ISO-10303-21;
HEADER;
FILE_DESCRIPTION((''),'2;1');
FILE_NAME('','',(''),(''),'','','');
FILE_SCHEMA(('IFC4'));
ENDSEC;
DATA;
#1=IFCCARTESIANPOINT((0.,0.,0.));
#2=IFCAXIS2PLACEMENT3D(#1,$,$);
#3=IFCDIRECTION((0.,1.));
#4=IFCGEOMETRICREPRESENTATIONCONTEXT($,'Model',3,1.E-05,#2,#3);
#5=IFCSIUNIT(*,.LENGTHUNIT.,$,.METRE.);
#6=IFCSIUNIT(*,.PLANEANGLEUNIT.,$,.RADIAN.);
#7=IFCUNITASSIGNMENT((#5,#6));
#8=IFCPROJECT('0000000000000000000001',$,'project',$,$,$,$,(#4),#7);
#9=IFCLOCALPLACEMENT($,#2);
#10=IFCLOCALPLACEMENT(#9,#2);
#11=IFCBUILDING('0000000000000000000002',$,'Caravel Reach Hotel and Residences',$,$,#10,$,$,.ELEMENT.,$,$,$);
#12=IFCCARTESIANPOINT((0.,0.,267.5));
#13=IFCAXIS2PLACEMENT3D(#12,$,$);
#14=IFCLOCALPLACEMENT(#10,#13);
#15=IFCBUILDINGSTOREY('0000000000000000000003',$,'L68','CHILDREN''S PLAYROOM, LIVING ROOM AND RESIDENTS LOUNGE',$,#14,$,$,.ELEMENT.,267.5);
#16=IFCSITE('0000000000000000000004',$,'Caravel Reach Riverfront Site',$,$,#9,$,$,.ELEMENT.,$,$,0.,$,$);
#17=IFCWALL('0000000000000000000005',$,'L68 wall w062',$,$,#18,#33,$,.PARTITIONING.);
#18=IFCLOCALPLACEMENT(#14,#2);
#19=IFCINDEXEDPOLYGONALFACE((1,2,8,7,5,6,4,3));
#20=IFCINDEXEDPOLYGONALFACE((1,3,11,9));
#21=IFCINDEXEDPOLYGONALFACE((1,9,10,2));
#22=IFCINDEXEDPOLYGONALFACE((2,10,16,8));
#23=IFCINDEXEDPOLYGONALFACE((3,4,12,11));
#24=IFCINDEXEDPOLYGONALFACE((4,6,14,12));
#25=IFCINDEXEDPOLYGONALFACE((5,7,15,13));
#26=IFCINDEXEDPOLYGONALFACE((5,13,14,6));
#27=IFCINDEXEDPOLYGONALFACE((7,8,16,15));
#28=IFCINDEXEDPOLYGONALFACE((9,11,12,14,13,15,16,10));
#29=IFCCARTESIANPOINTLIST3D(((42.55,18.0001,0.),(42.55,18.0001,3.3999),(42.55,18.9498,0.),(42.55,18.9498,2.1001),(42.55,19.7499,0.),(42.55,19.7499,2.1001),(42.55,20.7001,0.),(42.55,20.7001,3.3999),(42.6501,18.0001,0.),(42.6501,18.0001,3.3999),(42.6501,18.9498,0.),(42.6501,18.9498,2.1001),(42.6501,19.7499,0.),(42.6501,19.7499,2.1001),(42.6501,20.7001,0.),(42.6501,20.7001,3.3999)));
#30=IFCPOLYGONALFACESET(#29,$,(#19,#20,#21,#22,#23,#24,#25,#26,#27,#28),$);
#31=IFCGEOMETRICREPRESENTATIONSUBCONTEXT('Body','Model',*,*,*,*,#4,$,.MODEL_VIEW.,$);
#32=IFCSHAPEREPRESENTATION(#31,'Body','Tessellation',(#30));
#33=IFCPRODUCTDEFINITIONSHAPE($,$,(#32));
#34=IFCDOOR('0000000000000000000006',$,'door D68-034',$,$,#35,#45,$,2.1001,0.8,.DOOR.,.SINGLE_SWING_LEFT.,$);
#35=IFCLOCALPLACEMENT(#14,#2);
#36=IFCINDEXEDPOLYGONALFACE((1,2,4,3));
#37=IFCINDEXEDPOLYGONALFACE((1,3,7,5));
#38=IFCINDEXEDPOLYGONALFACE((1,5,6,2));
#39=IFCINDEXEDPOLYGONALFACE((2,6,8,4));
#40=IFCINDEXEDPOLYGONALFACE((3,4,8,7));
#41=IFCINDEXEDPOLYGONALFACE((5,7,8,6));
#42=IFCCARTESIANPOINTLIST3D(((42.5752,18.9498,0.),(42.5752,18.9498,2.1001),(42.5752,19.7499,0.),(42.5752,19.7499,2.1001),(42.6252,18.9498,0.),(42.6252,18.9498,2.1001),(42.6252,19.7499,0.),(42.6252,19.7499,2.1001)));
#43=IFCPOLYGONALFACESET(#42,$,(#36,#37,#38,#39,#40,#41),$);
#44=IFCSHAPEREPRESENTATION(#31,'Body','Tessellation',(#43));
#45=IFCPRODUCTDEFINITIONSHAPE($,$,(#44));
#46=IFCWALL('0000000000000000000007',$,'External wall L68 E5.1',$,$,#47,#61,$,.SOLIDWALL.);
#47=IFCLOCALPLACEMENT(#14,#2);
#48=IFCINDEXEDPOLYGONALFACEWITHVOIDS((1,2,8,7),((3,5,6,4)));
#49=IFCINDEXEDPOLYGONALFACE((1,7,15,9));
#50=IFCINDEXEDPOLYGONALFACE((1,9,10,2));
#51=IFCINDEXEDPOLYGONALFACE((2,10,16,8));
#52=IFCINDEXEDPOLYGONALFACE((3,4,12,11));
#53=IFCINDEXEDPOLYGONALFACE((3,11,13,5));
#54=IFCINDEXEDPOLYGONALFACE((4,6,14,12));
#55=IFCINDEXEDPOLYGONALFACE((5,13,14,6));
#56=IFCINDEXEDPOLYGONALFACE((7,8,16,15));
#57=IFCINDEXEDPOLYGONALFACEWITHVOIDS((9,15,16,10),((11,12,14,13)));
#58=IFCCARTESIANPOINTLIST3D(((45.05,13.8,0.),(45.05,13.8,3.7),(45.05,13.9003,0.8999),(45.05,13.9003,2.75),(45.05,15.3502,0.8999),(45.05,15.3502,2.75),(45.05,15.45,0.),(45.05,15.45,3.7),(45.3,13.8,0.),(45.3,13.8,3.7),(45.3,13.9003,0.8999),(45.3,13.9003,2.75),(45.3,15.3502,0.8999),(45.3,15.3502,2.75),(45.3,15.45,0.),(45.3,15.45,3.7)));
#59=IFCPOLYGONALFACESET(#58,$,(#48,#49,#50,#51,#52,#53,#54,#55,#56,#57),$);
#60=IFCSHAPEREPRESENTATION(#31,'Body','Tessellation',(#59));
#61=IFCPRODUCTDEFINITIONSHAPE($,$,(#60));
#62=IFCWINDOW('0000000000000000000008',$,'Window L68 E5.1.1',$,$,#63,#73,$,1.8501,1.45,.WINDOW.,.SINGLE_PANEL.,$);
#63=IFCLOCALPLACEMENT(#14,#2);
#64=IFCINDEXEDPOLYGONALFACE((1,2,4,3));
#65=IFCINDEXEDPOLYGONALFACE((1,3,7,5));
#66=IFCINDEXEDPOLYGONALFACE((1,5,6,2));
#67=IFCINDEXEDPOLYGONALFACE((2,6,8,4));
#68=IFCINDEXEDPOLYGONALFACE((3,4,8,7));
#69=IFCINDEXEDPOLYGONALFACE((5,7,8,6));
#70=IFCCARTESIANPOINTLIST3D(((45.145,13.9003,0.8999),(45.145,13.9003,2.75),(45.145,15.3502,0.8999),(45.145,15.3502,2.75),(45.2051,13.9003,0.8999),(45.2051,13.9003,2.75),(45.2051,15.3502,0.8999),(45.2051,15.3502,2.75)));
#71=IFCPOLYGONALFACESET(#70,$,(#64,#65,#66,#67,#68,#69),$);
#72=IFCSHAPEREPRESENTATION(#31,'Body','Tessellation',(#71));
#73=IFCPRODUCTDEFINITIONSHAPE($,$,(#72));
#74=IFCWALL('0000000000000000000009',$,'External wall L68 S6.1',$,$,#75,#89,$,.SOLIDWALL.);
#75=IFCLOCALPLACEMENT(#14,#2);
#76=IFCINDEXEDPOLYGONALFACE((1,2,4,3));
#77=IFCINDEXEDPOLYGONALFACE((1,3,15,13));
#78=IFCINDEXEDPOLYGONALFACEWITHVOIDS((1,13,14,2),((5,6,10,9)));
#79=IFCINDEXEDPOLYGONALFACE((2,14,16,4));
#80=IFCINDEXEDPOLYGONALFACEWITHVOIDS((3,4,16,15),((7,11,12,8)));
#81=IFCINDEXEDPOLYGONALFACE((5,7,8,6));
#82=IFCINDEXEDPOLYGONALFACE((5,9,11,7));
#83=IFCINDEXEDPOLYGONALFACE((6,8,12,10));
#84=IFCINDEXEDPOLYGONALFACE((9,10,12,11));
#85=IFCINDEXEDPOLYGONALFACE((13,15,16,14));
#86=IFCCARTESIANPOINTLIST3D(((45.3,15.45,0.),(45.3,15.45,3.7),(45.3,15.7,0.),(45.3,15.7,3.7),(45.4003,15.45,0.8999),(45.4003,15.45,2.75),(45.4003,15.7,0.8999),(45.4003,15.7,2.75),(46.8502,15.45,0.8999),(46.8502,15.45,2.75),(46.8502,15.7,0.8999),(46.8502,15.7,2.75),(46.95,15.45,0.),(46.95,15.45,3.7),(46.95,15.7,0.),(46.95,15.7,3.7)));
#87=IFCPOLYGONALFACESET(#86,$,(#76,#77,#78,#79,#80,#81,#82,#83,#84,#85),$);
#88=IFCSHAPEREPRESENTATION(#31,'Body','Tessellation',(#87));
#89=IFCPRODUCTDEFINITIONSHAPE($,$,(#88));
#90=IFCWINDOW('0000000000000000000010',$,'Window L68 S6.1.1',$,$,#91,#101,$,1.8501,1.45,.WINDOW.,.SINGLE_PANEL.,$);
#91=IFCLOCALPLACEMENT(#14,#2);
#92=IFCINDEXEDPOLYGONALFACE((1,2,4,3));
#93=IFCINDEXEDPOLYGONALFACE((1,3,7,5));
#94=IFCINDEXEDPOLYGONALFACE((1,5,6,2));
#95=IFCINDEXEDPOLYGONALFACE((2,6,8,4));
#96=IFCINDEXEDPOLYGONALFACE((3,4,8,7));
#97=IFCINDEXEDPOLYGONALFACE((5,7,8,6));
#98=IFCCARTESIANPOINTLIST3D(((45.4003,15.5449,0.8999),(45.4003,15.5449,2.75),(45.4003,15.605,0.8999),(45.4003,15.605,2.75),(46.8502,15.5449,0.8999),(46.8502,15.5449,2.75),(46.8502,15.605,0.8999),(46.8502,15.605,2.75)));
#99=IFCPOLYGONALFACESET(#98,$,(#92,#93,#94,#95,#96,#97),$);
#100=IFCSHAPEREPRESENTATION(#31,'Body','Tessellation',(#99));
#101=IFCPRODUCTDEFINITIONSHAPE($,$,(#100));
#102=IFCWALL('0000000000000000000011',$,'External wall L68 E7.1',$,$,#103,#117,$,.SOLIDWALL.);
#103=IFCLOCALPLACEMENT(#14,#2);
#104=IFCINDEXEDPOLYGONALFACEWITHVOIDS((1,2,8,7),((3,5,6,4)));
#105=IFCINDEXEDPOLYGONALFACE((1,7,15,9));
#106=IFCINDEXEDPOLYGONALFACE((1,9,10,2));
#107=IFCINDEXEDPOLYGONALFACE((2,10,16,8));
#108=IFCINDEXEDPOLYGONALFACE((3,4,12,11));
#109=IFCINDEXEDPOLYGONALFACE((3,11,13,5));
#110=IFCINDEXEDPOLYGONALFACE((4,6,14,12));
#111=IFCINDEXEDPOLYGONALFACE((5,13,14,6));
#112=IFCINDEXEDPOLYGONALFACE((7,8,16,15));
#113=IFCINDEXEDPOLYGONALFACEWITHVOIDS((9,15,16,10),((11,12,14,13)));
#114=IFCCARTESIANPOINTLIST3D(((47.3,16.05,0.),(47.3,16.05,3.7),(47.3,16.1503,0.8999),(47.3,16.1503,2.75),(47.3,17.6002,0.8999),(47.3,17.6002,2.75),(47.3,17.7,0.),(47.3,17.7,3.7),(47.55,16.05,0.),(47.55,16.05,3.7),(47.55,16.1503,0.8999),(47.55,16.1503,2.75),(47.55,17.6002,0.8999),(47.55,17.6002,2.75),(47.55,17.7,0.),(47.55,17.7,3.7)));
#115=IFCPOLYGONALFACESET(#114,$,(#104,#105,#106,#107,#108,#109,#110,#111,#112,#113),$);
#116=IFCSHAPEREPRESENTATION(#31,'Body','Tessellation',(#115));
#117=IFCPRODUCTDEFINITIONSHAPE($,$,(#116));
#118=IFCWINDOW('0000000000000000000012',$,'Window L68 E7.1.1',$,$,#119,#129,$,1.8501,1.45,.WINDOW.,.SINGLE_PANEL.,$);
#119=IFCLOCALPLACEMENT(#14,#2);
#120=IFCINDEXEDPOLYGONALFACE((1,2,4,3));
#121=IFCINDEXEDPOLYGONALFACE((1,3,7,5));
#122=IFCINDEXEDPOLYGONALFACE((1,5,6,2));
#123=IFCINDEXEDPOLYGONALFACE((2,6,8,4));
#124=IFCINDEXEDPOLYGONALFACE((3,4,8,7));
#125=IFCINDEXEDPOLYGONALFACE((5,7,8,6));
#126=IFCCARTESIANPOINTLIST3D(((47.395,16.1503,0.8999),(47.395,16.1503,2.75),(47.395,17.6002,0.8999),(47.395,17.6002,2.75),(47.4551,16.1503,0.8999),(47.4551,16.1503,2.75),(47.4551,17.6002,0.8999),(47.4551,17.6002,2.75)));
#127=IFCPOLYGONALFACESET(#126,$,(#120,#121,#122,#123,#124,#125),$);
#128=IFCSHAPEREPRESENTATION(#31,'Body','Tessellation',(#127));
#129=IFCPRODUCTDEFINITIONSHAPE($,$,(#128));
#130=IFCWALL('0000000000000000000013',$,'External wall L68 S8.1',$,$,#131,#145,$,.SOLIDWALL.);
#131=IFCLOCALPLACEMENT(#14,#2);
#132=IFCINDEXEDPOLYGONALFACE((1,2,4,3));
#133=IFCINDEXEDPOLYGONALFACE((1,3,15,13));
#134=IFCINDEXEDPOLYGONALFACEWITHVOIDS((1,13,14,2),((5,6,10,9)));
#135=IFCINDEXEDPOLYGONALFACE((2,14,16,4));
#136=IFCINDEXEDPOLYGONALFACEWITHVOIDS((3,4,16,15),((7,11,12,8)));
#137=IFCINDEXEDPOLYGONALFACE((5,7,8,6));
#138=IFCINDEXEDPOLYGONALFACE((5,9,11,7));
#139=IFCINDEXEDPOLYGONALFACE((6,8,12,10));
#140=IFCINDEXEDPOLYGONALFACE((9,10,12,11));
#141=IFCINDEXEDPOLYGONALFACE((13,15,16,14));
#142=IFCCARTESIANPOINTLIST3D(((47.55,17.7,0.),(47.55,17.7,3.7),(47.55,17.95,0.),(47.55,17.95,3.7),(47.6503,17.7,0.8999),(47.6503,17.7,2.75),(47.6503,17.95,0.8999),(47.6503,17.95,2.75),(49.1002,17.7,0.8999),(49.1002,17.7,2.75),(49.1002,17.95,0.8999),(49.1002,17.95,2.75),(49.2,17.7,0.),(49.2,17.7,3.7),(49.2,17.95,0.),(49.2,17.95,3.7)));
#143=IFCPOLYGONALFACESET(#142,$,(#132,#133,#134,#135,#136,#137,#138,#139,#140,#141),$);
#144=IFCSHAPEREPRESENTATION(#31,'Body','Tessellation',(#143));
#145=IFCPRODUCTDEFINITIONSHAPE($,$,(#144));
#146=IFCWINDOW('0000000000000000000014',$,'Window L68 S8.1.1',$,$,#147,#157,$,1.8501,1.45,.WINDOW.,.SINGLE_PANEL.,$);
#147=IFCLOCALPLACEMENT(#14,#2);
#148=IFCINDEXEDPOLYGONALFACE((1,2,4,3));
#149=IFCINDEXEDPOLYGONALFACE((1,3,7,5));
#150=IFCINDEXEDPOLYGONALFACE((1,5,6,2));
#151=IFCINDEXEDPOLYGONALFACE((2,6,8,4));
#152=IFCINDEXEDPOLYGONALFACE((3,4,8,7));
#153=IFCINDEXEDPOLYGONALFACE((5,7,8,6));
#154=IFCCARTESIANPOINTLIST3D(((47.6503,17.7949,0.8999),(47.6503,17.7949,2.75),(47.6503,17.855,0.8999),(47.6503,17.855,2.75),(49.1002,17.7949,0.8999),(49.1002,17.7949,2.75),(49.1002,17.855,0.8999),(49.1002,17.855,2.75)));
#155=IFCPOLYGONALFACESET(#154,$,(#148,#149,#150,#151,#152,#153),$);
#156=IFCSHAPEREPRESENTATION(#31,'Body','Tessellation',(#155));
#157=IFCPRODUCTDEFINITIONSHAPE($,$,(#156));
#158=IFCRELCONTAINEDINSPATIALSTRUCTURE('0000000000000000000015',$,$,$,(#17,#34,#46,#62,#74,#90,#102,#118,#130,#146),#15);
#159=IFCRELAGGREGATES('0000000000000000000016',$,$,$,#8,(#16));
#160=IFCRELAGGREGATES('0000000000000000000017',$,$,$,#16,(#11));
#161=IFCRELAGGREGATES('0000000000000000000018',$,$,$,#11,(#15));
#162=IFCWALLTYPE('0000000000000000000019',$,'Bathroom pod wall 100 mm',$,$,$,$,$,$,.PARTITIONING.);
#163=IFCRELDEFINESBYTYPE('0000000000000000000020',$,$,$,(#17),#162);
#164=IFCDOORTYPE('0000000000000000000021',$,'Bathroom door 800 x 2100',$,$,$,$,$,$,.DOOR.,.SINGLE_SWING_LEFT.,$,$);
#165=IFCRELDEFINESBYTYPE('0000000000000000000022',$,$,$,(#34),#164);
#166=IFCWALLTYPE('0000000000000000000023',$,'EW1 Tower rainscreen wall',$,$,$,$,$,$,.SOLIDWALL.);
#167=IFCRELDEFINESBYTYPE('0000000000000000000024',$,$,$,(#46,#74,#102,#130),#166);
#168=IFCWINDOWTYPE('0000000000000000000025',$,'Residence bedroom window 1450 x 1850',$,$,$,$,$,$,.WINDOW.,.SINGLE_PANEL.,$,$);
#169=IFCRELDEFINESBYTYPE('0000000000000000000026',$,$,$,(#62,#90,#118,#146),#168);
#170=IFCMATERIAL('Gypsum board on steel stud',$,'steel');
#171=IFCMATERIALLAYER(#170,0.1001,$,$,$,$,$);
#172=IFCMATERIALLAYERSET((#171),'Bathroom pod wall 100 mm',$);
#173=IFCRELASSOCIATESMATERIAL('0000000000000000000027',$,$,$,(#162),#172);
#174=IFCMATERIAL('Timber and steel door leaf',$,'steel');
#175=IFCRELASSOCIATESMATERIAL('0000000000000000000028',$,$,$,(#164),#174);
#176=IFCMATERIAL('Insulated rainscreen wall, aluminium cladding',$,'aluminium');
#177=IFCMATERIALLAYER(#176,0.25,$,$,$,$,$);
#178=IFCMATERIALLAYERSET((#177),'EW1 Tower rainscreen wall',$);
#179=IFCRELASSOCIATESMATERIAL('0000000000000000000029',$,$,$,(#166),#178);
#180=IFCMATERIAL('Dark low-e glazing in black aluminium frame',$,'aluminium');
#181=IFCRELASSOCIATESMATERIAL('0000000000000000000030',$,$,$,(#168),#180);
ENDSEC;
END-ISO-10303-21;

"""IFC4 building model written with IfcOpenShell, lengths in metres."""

from ifc_helpers import new_model, si_unit, direction, frame, frame_2d, origin, place, context, subcontext, project, spatial, rectangle, extrude, material, layer, layer_set, type_object, element, fill, save


model = new_model("IFC4")

# Units and contexts
model_context = context("Model", 3, precision=1e-05, world=origin(), true_north=direction((0.0, 1.0)))
body_context = subcontext(model_context, "Body", "Model", "MODEL_VIEW")
ifc_project = project(units=[si_unit("LENGTHUNIT", "METRE"), si_unit("PLANEANGLEUNIT", "RADIAN")], contexts=[model_context])

# Site, building, storey
site_placement = place(None, origin())
site = spatial("IfcSite", under=ifc_project, at=site_placement, Name="Caravel Reach Riverfront Site", CompositionType="ELEMENT", RefElevation=0.0)
building_placement = place(site_placement, origin())
building = spatial("IfcBuilding", under=site, at=building_placement, Name="Caravel Reach Hotel and Residences", CompositionType="ELEMENT")
storey_placement = place(building_placement, frame((0.0, 0.0, 267.5)))
storey = spatial("IfcBuildingStorey", under=building, at=storey_placement, Name="L68", Description="CHILDREN'S PLAYROOM, LIVING ROOM AND RESIDENTS LOUNGE", CompositionType="ELEMENT", Elevation=267.5)

# Wall, opening, door
ifc_material_1 = material(Name="Gypsum board on steel stud", Category="steel")
ifc_layer_1 = layer(ifc_material_1, 0.1001)
ifc_layer_set_1 = layer_set([ifc_layer_1], Name="Bathroom pod wall 100 mm")
wall_type_1 = type_object("IfcWallType", Name="Bathroom pod wall 100 mm", PredefinedType="PARTITIONING", material=ifc_layer_set_1)
wall_1_placement = place(storey_placement, frame((42.6001, 18.0, 0.0), z_axis=(0.0, 0.0, 1.0), x_axis=(0.0, 1.0, 0.0)))
wall_1 = element("IfcWall", 1, at=wall_1_placement, inside=storey, type_object=wall_type_1, Name="L68 wall w062", PredefinedType="PARTITIONING", context=body_context, shape_type="SweptSolid", body=[
    extrude(rectangle(XDim=2.7, YDim=0.1001, at=frame_2d((1.3501, 0.0))), origin(), (0.0, 0.0, 1.0), 3.3999),
])
opening_1_placement = place(wall_1_placement, frame((0.95, 0.0, 0.0)))
opening_1 = element("IfcOpeningElement", 2, at=opening_1_placement, cuts=wall_1, PredefinedType="OPENING", context=body_context, shape_type="SweptSolid", body=[
    extrude(rectangle(XDim=0.8, YDim=2.1001, at=frame_2d((0.3999, 1.05))), frame((0.0, 0.0601, 0.0), z_axis=(0.0, -1.0, 0.0), x_axis=(1.0, 0.0, 0.0)), (0.0, 0.0, 1.0), 0.1201),
])
ifc_material_2 = material(Name="Timber and steel door leaf", Category="steel")
door_type = type_object("IfcDoorType", Name="Bathroom door 800 x 2100", OperationType="SINGLE_SWING_LEFT", PredefinedType="DOOR", material=ifc_material_2)
door_placement = place(opening_1_placement, origin())
door = element("IfcDoor", 3, at=door_placement, inside=storey, type_object=door_type, Name="door D68-034", OperationType="SINGLE_SWING_LEFT", OverallHeight=2.1001, OverallWidth=0.8, PredefinedType="DOOR", context=body_context, shape_type="SweptSolid", body=[
    extrude(rectangle(XDim=0.8, YDim=2.1001, at=frame_2d((0.3999, 1.05))), frame((0.0, 0.0249, 0.0), z_axis=(0.0, -1.0, 0.0), x_axis=(1.0, 0.0, 0.0)), (0.0, 0.0, 1.0), 0.05),
])
fill(opening_1, door)

# Walls, openings, windows
ifc_material_3 = material(Name="Insulated rainscreen wall, aluminium cladding", Category="aluminium")
ifc_layer_2 = layer(ifc_material_3, 0.25)
ifc_layer_set_2 = layer_set([ifc_layer_2], Name="EW1 Tower rainscreen wall")
wall_type_2 = type_object("IfcWallType", Name="EW1 Tower rainscreen wall", PredefinedType="SOLIDWALL", material=ifc_layer_set_2)
wall_2_placement = place(storey_placement, frame((45.175, 13.8, 0.0), z_axis=(0.0, 0.0, 1.0), x_axis=(0.0, 1.0, 0.0)))
wall_2 = element("IfcWall", 4, at=wall_2_placement, inside=storey, type_object=wall_type_2, Name="External wall L68 E5.1", PredefinedType="SOLIDWALL", context=body_context, shape_type="SweptSolid", body=[
    extrude(rectangle(XDim=1.6499, YDim=0.25, at=frame_2d((0.825, 0.0))), origin(), (0.0, 0.0, 1.0), 3.7),
])
opening_2_placement = place(wall_2_placement, frame((0.1001, 0.0, 0.8999)))
opening_2 = element("IfcOpeningElement", 5, at=opening_2_placement, cuts=wall_2, PredefinedType="OPENING", context=body_context, shape_type="SweptSolid", body=[
    extrude(rectangle(XDim=1.45, YDim=1.8501, at=frame_2d((0.7251, 0.925))), frame((0.0, 0.135, 0.0), z_axis=(0.0, -1.0, 0.0), x_axis=(1.0, 0.0, 0.0)), (0.0, 0.0, 1.0), 0.27),
])
ifc_material_4 = material(Name="Dark low-e glazing in black aluminium frame", Category="aluminium")
window_type = type_object("IfcWindowType", Name="Residence bedroom window 1450 x 1850", PartitioningType="SINGLE_PANEL", PredefinedType="WINDOW", material=ifc_material_4)
window_1_placement = place(opening_2_placement, origin())
window_1 = element("IfcWindow", 6, at=window_1_placement, inside=storey, type_object=window_type, Name="Window L68 E5.1.1", OverallHeight=1.8501, OverallWidth=1.45, PartitioningType="SINGLE_PANEL", PredefinedType="WINDOW", context=body_context, shape_type="SweptSolid", body=[
    extrude(rectangle(XDim=1.45, YDim=1.8501, at=frame_2d((0.7251, 0.925))), frame((0.0, 0.03, 0.0), z_axis=(0.0, -1.0, 0.0), x_axis=(1.0, 0.0, 0.0)), (0.0, 0.0, 1.0), 0.0601),
])
fill(opening_2, window_1)
wall_3_placement = place(storey_placement, frame((45.3, 15.575, 0.0), z_axis=(0.0, 0.0, 1.0), x_axis=(1.0, 0.0, 0.0)))
wall_3 = element("IfcWall", 7, at=wall_3_placement, inside=storey, type_object=wall_type_2, Name="External wall L68 S6.1", PredefinedType="SOLIDWALL", context=body_context, shape_type="SweptSolid", body=[
    extrude(rectangle(XDim=1.6499, YDim=0.25, at=frame_2d((0.825, 0.0))), origin(), (0.0, 0.0, 1.0), 3.7),
])
opening_3_placement = place(wall_3_placement, frame((0.1001, 0.0, 0.8999)))
opening_3 = element("IfcOpeningElement", 8, at=opening_3_placement, cuts=wall_3, PredefinedType="OPENING", context=body_context, shape_type="SweptSolid", body=[
    extrude(rectangle(XDim=1.45, YDim=1.8501, at=frame_2d((0.7251, 0.925))), frame((0.0, 0.135, 0.0), z_axis=(0.0, -1.0, 0.0), x_axis=(1.0, 0.0, 0.0)), (0.0, 0.0, 1.0), 0.27),
])
window_2_placement = place(opening_3_placement, origin())
window_2 = element("IfcWindow", 9, at=window_2_placement, inside=storey, type_object=window_type, Name="Window L68 S6.1.1", OverallHeight=1.8501, OverallWidth=1.45, PartitioningType="SINGLE_PANEL", PredefinedType="WINDOW", context=body_context, shape_type="SweptSolid", body=[
    extrude(rectangle(XDim=1.45, YDim=1.8501, at=frame_2d((0.7251, 0.925))), frame((0.0, 0.03, 0.0), z_axis=(0.0, -1.0, 0.0), x_axis=(1.0, 0.0, 0.0)), (0.0, 0.0, 1.0), 0.0601),
])
fill(opening_3, window_2)
wall_4_placement = place(storey_placement, frame((47.425, 16.05, 0.0), z_axis=(0.0, 0.0, 1.0), x_axis=(0.0, 1.0, 0.0)))
wall_4 = element("IfcWall", 10, at=wall_4_placement, inside=storey, type_object=wall_type_2, Name="External wall L68 E7.1", PredefinedType="SOLIDWALL", context=body_context, shape_type="SweptSolid", body=[
    extrude(rectangle(XDim=1.6499, YDim=0.25, at=frame_2d((0.825, 0.0))), origin(), (0.0, 0.0, 1.0), 3.7),
])
opening_4_placement = place(wall_4_placement, frame((0.1001, 0.0, 0.8999)))
opening_4 = element("IfcOpeningElement", 11, at=opening_4_placement, cuts=wall_4, PredefinedType="OPENING", context=body_context, shape_type="SweptSolid", body=[
    extrude(rectangle(XDim=1.45, YDim=1.8501, at=frame_2d((0.7251, 0.925))), frame((0.0, 0.135, 0.0), z_axis=(0.0, -1.0, 0.0), x_axis=(1.0, 0.0, 0.0)), (0.0, 0.0, 1.0), 0.27),
])
window_3_placement = place(opening_4_placement, origin())
window_3 = element("IfcWindow", 12, at=window_3_placement, inside=storey, type_object=window_type, Name="Window L68 E7.1.1", OverallHeight=1.8501, OverallWidth=1.45, PartitioningType="SINGLE_PANEL", PredefinedType="WINDOW", context=body_context, shape_type="SweptSolid", body=[
    extrude(rectangle(XDim=1.45, YDim=1.8501, at=frame_2d((0.7251, 0.925))), frame((0.0, 0.03, 0.0), z_axis=(0.0, -1.0, 0.0), x_axis=(1.0, 0.0, 0.0)), (0.0, 0.0, 1.0), 0.0601),
])
fill(opening_4, window_3)
wall_5_placement = place(storey_placement, frame((47.55, 17.825, 0.0), z_axis=(0.0, 0.0, 1.0), x_axis=(1.0, 0.0, 0.0)))
wall_5 = element("IfcWall", 13, at=wall_5_placement, inside=storey, type_object=wall_type_2, Name="External wall L68 S8.1", PredefinedType="SOLIDWALL", context=body_context, shape_type="SweptSolid", body=[
    extrude(rectangle(XDim=1.6499, YDim=0.25, at=frame_2d((0.825, 0.0))), origin(), (0.0, 0.0, 1.0), 3.7),
])
opening_5_placement = place(wall_5_placement, frame((0.1001, 0.0, 0.8999)))
opening_5 = element("IfcOpeningElement", 14, at=opening_5_placement, cuts=wall_5, PredefinedType="OPENING", context=body_context, shape_type="SweptSolid", body=[
    extrude(rectangle(XDim=1.45, YDim=1.8501, at=frame_2d((0.7251, 0.925))), frame((0.0, 0.135, 0.0), z_axis=(0.0, -1.0, 0.0), x_axis=(1.0, 0.0, 0.0)), (0.0, 0.0, 1.0), 0.27),
])
window_4_placement = place(opening_5_placement, origin())
window_4 = element("IfcWindow", 15, at=window_4_placement, inside=storey, type_object=window_type, Name="Window L68 S8.1.1", OverallHeight=1.8501, OverallWidth=1.45, PartitioningType="SINGLE_PANEL", PredefinedType="WINDOW", context=body_context, shape_type="SweptSolid", body=[
    extrude(rectangle(XDim=1.45, YDim=1.8501, at=frame_2d((0.7251, 0.925))), frame((0.0, 0.03, 0.0), z_axis=(0.0, -1.0, 0.0), x_axis=(1.0, 0.0, 0.0)), (0.0, 0.0, 1.0), 0.0601),
])
fill(opening_5, window_4)

save(model, "model.ifc")
